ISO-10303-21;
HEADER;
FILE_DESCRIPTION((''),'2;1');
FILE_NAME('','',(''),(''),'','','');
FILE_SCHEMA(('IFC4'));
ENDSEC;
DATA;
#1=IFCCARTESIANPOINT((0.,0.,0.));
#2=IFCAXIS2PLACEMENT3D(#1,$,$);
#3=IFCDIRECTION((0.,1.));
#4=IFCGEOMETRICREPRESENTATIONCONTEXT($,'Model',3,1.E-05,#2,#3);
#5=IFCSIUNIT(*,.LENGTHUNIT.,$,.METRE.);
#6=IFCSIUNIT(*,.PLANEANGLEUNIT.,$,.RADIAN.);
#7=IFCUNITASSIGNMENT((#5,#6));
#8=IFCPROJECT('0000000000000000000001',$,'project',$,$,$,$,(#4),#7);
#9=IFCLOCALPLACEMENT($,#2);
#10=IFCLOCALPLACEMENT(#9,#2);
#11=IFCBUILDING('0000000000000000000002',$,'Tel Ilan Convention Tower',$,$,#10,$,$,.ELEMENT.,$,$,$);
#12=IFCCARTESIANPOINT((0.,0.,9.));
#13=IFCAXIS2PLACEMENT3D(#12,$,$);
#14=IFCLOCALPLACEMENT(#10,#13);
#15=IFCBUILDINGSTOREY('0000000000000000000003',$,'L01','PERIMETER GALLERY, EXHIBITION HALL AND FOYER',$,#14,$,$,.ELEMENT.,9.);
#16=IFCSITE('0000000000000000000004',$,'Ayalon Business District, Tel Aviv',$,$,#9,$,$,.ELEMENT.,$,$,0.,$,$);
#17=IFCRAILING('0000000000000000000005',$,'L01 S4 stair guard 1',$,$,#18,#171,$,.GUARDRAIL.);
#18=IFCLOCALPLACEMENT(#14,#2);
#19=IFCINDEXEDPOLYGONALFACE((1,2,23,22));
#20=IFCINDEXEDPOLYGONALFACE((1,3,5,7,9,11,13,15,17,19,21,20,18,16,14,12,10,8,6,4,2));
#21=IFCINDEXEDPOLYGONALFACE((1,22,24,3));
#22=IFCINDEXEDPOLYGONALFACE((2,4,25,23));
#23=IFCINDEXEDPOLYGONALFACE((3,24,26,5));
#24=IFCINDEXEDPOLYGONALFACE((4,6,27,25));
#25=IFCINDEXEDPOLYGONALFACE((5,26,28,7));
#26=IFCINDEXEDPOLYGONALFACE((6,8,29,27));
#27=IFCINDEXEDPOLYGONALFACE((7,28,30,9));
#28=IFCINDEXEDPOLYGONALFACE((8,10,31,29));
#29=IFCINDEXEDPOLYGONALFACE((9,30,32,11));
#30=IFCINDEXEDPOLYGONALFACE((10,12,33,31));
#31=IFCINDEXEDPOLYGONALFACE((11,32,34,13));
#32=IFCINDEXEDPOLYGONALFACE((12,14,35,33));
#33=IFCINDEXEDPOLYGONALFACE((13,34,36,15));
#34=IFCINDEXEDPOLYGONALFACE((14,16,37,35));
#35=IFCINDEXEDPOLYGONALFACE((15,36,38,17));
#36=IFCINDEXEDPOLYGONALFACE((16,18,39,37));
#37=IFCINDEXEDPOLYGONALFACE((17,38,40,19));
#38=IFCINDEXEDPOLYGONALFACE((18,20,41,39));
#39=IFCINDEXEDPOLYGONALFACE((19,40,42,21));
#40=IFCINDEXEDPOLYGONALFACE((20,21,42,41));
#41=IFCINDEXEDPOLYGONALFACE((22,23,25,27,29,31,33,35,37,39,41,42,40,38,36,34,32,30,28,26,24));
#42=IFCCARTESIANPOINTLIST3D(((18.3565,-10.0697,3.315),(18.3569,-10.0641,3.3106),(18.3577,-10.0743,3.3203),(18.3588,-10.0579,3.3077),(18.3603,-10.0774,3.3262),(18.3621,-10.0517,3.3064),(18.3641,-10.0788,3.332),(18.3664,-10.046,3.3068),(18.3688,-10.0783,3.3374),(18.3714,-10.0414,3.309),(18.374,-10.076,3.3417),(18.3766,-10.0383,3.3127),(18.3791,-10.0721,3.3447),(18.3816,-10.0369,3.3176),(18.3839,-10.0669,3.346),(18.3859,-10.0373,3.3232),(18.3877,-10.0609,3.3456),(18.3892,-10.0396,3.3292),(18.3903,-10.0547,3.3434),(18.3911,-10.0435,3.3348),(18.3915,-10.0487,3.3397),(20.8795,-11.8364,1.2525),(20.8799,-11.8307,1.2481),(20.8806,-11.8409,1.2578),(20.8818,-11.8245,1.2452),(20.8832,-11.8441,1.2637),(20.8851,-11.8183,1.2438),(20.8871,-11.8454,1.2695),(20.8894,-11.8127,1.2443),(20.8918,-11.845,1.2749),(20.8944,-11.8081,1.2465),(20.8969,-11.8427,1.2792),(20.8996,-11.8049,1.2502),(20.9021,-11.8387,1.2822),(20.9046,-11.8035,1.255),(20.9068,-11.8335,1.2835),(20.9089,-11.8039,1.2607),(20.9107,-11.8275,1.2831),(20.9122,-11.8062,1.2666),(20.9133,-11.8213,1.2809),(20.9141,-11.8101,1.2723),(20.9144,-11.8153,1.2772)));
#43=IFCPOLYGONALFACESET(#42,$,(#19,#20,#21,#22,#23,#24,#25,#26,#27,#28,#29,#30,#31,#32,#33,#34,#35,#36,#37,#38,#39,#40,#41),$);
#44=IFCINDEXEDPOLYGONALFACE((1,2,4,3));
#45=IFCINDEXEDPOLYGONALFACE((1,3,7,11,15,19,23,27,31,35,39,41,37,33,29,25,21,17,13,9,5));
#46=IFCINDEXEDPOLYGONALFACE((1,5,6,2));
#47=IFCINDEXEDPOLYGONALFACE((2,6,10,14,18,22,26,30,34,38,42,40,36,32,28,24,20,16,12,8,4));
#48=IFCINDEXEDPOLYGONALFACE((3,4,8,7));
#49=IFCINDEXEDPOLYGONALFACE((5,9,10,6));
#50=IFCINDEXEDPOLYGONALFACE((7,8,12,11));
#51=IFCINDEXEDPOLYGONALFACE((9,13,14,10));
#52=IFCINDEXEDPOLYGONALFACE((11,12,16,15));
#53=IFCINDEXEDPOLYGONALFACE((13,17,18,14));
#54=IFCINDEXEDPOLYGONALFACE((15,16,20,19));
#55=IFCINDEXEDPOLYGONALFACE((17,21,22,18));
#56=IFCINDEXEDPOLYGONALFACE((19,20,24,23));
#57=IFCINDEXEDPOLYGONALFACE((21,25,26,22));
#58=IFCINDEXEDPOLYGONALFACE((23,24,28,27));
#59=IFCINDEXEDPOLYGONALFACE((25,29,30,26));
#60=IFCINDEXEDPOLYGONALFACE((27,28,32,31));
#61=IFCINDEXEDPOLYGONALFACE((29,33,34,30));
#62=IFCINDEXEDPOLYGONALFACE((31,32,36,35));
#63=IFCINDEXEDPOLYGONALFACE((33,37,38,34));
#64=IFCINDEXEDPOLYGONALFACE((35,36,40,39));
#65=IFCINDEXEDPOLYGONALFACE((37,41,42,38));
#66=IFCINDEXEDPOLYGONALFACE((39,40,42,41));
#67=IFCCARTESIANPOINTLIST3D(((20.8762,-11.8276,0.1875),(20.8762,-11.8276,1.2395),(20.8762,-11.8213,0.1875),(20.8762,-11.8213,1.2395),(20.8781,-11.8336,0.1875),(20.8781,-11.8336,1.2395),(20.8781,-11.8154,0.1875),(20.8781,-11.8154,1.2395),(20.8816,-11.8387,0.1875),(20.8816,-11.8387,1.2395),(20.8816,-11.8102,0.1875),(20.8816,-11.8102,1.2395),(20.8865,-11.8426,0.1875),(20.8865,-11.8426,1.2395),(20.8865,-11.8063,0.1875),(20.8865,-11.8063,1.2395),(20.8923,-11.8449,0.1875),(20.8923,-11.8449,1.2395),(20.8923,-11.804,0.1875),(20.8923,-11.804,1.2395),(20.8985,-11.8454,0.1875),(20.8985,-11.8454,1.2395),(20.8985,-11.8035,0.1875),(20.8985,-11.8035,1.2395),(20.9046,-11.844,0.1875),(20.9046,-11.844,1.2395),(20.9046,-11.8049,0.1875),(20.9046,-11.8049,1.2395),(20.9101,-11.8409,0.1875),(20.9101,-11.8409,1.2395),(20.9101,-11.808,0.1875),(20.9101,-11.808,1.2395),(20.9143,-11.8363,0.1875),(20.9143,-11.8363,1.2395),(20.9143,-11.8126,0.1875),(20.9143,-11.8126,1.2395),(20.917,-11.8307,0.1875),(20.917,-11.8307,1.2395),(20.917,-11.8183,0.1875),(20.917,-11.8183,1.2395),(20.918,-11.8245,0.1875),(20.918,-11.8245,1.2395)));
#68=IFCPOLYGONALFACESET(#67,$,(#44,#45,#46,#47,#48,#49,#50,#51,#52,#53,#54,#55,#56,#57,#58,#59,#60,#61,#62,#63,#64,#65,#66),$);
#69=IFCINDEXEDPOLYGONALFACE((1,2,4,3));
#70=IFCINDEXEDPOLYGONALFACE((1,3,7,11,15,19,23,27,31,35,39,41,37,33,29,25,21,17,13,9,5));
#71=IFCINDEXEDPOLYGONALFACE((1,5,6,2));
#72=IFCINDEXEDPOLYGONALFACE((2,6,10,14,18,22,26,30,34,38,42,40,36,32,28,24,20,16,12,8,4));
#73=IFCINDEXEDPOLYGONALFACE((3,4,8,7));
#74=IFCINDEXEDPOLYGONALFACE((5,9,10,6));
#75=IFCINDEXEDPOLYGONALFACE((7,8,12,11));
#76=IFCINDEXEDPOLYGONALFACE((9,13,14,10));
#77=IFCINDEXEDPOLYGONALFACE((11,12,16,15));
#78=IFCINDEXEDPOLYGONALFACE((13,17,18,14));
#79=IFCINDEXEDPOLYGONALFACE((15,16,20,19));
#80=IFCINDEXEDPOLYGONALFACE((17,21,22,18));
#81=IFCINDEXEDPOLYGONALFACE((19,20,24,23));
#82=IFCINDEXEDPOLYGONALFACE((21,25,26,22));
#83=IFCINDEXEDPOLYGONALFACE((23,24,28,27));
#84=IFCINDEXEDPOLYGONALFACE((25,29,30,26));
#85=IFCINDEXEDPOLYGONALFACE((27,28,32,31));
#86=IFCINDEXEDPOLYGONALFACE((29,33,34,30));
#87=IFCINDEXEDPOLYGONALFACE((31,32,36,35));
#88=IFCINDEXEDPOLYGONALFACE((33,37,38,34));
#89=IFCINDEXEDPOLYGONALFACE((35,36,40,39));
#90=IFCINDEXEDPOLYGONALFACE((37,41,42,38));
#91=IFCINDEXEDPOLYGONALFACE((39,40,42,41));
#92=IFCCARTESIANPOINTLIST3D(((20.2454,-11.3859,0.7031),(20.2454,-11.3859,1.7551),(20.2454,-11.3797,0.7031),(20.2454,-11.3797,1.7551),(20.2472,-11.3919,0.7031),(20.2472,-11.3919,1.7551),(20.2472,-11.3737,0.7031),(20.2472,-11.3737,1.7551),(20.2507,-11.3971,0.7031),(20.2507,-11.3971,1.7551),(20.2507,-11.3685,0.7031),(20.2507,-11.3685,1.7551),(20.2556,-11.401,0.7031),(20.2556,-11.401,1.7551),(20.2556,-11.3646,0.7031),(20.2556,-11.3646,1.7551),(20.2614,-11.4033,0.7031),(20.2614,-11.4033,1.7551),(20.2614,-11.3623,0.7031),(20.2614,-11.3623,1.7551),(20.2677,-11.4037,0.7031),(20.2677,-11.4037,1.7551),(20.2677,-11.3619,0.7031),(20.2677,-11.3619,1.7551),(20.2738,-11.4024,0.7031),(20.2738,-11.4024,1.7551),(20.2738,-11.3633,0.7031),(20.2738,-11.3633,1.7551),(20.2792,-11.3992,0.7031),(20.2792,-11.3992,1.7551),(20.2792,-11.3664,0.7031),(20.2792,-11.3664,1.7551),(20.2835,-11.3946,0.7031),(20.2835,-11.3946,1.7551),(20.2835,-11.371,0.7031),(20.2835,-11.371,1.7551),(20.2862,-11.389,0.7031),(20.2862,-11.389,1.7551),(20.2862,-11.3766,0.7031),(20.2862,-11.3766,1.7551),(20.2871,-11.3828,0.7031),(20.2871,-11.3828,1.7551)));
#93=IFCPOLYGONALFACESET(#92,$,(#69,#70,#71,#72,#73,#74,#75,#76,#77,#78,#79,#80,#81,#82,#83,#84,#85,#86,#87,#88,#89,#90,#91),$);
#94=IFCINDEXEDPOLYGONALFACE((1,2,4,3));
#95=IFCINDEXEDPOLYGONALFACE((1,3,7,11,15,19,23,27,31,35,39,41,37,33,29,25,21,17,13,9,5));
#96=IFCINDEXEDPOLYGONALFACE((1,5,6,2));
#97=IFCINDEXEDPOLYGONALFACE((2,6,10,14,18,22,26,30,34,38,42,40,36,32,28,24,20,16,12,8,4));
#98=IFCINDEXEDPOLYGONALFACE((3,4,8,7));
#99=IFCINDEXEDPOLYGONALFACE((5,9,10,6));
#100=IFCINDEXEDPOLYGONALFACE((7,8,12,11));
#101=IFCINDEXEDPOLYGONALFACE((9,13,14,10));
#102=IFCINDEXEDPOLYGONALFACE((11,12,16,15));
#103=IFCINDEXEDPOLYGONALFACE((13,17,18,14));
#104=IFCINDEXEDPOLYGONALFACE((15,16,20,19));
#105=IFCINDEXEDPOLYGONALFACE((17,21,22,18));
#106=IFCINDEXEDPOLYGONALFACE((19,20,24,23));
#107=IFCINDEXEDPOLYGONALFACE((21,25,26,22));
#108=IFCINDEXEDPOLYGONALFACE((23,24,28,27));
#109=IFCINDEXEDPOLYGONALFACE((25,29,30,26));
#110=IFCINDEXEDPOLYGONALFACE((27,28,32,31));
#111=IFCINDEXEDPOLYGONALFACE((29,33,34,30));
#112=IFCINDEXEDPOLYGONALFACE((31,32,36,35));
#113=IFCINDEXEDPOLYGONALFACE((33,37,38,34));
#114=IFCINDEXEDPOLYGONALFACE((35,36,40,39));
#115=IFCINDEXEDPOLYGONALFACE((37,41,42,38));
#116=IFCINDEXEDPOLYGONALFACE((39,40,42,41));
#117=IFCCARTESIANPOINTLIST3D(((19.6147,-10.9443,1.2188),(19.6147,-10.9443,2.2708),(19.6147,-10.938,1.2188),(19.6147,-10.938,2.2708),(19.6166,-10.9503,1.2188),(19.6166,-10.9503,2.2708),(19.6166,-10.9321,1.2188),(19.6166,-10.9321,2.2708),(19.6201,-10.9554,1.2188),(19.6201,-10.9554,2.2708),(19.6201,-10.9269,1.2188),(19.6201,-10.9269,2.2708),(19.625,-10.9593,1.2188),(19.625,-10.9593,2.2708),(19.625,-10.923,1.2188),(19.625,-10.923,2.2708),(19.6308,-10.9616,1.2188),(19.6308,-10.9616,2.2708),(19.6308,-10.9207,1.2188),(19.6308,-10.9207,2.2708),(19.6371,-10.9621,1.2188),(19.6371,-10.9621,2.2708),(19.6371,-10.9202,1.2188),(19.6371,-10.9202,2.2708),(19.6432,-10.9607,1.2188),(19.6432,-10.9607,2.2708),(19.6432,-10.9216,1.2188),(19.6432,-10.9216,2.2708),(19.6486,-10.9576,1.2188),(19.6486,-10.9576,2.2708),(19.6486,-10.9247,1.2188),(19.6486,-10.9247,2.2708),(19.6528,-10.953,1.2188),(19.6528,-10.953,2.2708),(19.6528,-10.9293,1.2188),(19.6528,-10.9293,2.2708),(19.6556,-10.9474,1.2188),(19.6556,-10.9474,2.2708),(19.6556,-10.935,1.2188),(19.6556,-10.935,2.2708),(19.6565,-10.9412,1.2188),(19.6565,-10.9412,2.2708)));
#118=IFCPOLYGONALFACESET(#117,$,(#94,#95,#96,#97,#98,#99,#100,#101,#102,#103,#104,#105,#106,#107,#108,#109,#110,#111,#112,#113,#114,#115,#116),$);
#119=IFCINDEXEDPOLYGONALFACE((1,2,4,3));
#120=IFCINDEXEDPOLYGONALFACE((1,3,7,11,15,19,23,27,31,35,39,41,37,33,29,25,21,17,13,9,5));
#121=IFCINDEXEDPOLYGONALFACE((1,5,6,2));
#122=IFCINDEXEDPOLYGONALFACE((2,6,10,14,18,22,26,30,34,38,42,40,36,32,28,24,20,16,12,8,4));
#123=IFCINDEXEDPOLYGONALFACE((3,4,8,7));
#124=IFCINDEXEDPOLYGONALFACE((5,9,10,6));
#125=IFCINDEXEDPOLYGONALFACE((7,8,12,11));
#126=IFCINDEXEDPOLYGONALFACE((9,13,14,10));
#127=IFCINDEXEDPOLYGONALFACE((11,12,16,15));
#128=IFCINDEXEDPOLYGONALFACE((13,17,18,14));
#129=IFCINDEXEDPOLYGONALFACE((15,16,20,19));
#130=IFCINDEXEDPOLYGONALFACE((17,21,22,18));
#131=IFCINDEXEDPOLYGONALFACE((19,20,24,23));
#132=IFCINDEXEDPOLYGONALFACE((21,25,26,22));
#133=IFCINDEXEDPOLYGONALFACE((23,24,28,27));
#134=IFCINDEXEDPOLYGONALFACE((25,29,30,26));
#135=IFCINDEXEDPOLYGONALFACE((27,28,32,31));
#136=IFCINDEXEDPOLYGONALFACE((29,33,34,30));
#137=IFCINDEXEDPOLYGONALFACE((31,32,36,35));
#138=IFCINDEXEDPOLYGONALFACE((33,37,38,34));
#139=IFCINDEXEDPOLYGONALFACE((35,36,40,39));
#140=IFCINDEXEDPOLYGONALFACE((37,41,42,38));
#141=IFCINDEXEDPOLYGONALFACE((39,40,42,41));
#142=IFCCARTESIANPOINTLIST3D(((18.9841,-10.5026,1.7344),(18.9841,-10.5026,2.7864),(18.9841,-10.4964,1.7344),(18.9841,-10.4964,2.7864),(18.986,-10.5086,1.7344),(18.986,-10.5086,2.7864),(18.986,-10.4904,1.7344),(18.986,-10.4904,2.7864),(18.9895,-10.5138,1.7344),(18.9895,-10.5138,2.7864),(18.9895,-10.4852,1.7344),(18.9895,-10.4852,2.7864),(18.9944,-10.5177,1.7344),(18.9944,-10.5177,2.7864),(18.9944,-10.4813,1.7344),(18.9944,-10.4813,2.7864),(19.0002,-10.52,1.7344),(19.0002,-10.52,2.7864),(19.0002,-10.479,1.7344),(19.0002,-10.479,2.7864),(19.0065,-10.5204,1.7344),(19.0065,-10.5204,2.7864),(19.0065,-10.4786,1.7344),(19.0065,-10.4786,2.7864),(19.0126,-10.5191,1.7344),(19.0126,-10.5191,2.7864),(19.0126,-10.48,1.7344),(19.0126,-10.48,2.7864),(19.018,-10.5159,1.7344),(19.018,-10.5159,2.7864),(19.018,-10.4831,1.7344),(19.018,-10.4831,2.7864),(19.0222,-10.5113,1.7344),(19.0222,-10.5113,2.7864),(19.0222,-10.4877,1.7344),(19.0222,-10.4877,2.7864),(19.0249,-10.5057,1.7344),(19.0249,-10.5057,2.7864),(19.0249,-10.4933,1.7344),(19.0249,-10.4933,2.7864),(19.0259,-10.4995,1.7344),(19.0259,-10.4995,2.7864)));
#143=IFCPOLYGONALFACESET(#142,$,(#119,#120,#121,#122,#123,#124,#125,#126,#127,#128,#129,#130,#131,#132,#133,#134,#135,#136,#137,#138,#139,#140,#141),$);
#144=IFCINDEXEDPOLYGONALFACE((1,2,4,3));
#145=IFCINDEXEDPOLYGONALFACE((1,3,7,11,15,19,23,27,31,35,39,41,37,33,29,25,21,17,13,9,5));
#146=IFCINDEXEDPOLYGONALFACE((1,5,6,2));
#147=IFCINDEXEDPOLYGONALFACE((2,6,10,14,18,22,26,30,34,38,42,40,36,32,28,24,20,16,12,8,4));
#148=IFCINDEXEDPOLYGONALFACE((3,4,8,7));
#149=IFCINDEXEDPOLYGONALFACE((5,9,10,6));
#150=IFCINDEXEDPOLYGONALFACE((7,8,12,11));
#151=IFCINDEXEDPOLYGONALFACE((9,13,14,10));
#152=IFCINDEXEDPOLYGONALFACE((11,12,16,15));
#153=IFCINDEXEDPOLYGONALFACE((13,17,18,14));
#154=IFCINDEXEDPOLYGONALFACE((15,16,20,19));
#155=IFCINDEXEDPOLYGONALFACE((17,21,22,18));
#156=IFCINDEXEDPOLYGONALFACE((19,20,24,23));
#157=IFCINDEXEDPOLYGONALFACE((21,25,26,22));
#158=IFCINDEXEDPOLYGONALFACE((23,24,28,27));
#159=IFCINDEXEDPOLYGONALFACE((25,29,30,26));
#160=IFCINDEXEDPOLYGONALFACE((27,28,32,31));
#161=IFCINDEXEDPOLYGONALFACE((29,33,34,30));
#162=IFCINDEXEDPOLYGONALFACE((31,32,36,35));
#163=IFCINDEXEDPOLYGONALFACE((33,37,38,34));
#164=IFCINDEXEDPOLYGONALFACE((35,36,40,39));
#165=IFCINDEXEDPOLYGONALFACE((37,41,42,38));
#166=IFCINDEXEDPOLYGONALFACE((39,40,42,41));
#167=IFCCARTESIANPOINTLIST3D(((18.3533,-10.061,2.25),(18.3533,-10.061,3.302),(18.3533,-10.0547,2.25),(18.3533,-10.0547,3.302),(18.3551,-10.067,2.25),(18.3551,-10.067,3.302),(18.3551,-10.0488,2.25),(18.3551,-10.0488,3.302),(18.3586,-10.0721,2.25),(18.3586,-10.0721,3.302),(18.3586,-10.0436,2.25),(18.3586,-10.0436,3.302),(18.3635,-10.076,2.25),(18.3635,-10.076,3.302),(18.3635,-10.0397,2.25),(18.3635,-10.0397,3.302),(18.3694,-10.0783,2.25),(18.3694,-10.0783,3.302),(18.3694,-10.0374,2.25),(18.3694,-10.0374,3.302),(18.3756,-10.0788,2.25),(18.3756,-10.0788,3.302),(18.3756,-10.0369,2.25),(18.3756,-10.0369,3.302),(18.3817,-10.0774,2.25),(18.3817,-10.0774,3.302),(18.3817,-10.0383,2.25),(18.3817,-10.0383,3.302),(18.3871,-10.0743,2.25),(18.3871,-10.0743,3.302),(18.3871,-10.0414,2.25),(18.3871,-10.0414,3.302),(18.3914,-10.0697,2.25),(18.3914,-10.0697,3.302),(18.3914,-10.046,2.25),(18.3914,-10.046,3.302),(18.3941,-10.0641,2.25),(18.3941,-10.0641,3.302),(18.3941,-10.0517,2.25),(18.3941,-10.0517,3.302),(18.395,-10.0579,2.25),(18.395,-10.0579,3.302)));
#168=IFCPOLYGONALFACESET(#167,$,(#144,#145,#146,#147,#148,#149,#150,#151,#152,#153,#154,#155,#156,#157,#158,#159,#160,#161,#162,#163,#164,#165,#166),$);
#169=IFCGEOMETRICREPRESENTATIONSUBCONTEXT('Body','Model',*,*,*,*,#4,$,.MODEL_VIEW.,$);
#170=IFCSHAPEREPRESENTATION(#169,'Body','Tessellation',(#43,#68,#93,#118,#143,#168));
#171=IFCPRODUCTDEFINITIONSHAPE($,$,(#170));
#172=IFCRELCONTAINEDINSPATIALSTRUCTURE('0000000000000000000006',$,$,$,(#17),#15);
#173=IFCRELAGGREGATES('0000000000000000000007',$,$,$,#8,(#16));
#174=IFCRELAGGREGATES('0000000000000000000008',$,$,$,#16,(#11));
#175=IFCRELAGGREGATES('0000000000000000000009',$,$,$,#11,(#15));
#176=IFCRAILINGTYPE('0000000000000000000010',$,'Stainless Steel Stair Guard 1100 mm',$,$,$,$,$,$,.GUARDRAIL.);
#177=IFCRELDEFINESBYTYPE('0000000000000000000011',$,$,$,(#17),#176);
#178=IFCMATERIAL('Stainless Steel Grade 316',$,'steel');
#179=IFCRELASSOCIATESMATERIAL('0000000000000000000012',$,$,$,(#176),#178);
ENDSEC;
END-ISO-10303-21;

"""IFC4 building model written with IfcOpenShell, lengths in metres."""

from ifc_helpers import new_model, si_unit, direction, frame, origin, origin_2d, place, context, subcontext, project, spatial, circle, extrude, material, type_object, element, save


model = new_model("IFC4")

# Units and contexts
model_context = context("Model", 3, precision=1e-05, world=origin(), true_north=direction((0.0, 1.0)))
body_context = subcontext(model_context, "Body", "Model", "MODEL_VIEW")
ifc_project = project(units=[si_unit("LENGTHUNIT", "METRE"), si_unit("PLANEANGLEUNIT", "RADIAN")], contexts=[model_context])

# Site, building, storey
site_placement = place(None, origin())
site = spatial("IfcSite", under=ifc_project, at=site_placement, Name="Ayalon Business District, Tel Aviv", CompositionType="ELEMENT", RefElevation=0.0)
building_placement = place(site_placement, origin())
building = spatial("IfcBuilding", under=site, at=building_placement, Name="Tel Ilan Convention Tower", CompositionType="ELEMENT")
storey_placement = place(building_placement, frame((0.0, 0.0, 9.0)))
storey = spatial("IfcBuildingStorey", under=building, at=storey_placement, Name="L01", Description="PERIMETER GALLERY, EXHIBITION HALL AND FOYER", CompositionType="ELEMENT", Elevation=9.0)

# Railing
ifc_material_1 = material(Name="Stainless Steel Grade 316", Category="steel")
railing_type_1 = type_object("IfcRailingType", Name="Stainless Steel Stair Guard 1100 mm", PredefinedType="GUARDRAIL", material=ifc_material_1)
railing_1_placement = place(storey_placement, frame((20.897, -11.8245, 0.1875)))
element("IfcRailing", 1, at=railing_1_placement, inside=storey, type_object=railing_type_1, Name="L01 S4 stair guard 1", PredefinedType="GUARDRAIL", context=body_context, shape_type="SweptSolid", body=[
    extrude(circle(Radius=0.0239, at=origin_2d()), frame((0.0, 0.0, 1.0762), z_axis=(-0.680635, 0.476589, 0.556416), x_axis=(-0.573579, -0.81915, 0.0)), (0.0, 0.0, 1.0), 3.7068),
    extrude(circle(Radius=0.021, at=origin_2d()), origin(), (0.0, 0.0, 1.0), 1.052),
    extrude(circle(Radius=0.021, at=origin_2d()), frame((-0.6309, 0.4417, 0.5156)), (0.0, 0.0, 1.0), 1.052),
    extrude(circle(Radius=0.021, at=origin_2d()), frame((-1.2615, 0.8833, 1.0312)), (0.0, 0.0, 1.0), 1.052),
    extrude(circle(Radius=0.021, at=origin_2d()), frame((-1.8921, 1.325, 1.5469)), (0.0, 0.0, 1.0), 1.052),
    extrude(circle(Radius=0.021, at=origin_2d()), frame((-2.5229, 1.7666, 2.0625)), (0.0, 0.0, 1.0), 1.052),
])

save(model, "model.ifc")
